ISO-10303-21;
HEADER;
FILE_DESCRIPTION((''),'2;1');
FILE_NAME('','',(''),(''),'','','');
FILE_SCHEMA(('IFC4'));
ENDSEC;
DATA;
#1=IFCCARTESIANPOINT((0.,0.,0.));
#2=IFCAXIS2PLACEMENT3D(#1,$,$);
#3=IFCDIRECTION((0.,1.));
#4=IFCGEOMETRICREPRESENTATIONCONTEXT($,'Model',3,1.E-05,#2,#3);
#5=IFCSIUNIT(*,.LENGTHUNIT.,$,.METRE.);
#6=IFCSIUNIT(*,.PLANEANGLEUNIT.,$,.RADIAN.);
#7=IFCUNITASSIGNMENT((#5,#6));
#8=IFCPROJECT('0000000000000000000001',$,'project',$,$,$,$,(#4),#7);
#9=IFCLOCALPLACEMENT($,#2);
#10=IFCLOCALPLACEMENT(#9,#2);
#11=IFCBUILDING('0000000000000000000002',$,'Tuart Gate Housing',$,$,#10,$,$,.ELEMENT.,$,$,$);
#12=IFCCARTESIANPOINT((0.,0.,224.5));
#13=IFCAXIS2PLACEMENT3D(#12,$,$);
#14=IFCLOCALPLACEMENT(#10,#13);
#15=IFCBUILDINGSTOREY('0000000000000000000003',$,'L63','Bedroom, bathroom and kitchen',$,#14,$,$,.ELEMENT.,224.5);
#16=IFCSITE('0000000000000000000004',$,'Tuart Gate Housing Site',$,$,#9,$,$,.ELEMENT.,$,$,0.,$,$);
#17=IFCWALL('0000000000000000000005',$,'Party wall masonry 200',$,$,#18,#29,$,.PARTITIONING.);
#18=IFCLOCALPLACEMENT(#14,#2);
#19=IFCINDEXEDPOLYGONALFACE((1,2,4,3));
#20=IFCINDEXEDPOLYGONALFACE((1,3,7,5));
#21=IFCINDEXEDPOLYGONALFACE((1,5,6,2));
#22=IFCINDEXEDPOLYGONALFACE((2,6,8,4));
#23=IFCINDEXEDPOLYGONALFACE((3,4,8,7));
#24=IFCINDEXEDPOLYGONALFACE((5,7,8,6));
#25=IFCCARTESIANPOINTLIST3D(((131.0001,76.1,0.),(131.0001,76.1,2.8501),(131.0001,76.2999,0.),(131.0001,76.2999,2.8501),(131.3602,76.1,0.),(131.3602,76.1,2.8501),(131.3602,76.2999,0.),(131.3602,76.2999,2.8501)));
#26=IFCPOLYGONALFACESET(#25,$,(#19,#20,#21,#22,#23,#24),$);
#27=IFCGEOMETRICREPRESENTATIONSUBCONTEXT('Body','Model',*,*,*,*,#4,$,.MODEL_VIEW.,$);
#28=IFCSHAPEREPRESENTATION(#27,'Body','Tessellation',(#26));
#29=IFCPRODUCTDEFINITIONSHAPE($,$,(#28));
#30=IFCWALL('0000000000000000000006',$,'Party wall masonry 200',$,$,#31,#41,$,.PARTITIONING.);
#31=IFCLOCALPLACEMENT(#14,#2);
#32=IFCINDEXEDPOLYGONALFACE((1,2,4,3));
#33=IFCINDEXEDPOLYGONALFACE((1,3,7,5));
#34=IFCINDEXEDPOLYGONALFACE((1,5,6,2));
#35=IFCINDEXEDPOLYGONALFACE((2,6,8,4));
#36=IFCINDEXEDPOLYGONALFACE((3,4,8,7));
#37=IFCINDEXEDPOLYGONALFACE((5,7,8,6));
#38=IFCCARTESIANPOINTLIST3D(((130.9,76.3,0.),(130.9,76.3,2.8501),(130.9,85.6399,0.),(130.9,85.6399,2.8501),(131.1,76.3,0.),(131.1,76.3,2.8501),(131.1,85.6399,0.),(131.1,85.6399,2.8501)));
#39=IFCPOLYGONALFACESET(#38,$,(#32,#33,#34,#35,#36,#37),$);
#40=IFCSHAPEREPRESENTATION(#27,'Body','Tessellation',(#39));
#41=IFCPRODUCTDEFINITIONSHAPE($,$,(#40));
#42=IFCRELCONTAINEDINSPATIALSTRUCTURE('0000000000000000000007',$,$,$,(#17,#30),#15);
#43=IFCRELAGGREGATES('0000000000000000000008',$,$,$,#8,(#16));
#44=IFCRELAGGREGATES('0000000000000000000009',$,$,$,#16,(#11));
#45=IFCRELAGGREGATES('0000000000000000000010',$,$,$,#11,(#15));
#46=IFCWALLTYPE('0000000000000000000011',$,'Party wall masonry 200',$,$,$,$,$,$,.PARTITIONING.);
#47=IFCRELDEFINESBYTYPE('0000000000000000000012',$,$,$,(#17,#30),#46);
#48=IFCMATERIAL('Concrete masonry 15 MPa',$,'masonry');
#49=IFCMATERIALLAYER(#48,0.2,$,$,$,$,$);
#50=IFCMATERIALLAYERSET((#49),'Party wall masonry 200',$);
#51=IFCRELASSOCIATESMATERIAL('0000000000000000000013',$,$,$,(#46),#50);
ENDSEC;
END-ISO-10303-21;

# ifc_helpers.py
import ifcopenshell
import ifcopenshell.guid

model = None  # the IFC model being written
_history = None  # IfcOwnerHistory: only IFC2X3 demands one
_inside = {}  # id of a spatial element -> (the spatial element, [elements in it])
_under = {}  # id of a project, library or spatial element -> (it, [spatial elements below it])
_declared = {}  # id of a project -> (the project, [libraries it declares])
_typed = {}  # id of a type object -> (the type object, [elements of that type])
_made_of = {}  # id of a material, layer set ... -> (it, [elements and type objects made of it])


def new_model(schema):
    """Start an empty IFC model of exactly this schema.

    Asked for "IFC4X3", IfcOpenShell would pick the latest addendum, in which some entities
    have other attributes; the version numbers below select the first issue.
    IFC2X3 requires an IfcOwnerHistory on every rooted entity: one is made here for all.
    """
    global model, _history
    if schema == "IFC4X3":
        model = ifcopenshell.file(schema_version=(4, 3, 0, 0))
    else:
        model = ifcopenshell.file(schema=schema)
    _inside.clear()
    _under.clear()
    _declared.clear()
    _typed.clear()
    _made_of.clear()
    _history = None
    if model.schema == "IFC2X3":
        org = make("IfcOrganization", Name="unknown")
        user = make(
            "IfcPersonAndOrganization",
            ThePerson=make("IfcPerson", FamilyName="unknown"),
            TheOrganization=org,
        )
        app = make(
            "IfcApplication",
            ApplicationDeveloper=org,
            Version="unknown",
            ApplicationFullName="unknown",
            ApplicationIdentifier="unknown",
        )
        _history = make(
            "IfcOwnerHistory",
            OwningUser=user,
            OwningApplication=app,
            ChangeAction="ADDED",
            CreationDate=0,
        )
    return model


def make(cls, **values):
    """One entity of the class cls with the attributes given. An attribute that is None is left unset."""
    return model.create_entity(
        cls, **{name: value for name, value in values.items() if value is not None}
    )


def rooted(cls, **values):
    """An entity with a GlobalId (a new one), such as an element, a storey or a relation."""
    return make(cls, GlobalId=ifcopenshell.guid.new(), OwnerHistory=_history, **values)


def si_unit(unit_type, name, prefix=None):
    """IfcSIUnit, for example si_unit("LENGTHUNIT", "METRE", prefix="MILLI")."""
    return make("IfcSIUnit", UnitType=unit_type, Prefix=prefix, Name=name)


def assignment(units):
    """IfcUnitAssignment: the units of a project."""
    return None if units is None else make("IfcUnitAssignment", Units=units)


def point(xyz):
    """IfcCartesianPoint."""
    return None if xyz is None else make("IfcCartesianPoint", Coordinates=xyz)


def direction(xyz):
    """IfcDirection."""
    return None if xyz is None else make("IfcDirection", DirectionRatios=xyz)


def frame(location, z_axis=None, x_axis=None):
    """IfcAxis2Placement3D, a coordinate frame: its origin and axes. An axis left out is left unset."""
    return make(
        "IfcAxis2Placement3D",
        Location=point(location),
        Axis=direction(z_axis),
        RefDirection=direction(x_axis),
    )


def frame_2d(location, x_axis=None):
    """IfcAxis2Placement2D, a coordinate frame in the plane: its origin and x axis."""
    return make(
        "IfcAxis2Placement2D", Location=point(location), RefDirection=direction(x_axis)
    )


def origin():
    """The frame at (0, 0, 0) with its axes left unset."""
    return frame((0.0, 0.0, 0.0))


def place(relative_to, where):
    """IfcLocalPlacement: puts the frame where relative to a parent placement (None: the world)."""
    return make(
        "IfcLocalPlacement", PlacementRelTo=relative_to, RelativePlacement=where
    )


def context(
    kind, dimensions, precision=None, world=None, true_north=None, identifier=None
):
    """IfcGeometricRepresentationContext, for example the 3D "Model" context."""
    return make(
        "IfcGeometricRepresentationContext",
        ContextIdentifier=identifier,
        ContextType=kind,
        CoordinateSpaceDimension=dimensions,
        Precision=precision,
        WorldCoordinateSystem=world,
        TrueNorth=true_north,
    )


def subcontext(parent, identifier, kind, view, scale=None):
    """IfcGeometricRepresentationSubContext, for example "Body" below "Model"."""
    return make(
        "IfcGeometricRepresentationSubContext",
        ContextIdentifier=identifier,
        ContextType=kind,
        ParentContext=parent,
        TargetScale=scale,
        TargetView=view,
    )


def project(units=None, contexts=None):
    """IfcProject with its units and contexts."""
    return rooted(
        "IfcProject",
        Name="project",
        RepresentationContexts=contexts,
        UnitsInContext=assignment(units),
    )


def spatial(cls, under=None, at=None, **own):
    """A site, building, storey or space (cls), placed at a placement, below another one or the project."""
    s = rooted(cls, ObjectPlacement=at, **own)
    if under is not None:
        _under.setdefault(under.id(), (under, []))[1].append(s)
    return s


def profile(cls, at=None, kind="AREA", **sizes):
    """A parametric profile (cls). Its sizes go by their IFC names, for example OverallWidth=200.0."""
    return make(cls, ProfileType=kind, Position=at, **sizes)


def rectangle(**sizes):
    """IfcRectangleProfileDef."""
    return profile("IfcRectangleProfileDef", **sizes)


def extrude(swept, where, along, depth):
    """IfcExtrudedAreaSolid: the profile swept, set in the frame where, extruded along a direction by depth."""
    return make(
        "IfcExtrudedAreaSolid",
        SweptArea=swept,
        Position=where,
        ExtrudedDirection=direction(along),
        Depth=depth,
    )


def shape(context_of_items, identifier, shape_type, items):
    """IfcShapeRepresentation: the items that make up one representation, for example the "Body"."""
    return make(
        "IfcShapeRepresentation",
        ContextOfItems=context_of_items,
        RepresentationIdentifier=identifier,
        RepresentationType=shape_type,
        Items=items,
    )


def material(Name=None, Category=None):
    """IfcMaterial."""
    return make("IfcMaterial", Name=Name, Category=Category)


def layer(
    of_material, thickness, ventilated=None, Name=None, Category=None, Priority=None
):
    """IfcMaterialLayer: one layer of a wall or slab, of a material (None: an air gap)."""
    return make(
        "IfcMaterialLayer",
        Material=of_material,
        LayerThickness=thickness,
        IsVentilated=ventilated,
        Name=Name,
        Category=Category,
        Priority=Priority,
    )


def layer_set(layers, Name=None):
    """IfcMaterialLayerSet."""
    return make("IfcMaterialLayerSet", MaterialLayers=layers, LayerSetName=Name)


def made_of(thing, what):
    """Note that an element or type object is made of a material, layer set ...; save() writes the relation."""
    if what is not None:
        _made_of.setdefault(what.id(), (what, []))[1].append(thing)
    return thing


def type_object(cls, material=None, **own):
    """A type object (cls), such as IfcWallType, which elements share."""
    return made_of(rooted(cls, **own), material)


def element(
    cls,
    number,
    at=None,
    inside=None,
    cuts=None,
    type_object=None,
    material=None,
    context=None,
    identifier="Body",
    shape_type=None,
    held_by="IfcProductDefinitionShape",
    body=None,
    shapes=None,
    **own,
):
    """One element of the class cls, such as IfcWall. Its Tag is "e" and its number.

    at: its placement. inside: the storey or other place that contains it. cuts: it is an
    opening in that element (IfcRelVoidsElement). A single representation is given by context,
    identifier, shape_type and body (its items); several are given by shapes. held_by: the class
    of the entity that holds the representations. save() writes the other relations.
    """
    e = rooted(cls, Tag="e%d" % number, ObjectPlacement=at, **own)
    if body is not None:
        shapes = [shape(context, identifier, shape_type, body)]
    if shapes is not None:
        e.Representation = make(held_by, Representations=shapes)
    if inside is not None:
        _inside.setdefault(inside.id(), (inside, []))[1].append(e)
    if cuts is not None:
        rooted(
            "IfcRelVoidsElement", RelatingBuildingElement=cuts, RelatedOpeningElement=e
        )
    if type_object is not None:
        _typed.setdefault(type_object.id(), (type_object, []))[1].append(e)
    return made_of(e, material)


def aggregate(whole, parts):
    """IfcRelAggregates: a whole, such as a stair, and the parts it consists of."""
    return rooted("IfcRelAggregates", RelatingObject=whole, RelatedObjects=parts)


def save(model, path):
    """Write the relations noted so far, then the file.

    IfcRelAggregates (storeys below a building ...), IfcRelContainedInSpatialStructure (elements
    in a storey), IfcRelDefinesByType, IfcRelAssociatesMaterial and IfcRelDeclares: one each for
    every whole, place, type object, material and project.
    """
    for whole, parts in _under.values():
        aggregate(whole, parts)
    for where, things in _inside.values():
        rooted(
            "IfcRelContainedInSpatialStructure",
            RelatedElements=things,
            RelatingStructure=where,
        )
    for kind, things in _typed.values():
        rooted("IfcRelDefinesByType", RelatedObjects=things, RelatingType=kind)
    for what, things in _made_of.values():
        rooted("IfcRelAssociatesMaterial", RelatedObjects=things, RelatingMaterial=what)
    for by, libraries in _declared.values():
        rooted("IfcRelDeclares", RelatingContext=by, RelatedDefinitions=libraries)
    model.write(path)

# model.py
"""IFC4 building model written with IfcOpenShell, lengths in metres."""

from ifc_helpers import new_model, si_unit, direction, frame, frame_2d, origin, place, context, subcontext, project, spatial, rectangle, extrude, material, layer, layer_set, type_object, element, save


model = new_model("IFC4")

# Units and contexts
model_context = context("Model", 3, precision=1e-05, world=origin(), true_north=direction((0.0, 1.0)))
body_context = subcontext(model_context, "Body", "Model", "MODEL_VIEW")
ifc_project = project(units=[si_unit("LENGTHUNIT", "METRE"), si_unit("PLANEANGLEUNIT", "RADIAN")], contexts=[model_context])

# Site, building, storey
site_placement = place(None, origin())
site = spatial("IfcSite", under=ifc_project, at=site_placement, Name="Tuart Gate Housing Site", CompositionType="ELEMENT", RefElevation=0.0)
building_placement = place(site_placement, origin())
building = spatial("IfcBuilding", under=site, at=building_placement, Name="Tuart Gate Housing", CompositionType="ELEMENT")
storey_placement = place(building_placement, frame((0.0, 0.0, 224.5)))
storey = spatial("IfcBuildingStorey", under=building, at=storey_placement, Name="L63", Description="Bedroom, bathroom and kitchen", CompositionType="ELEMENT", Elevation=224.5)

# Walls
ifc_material = material(Name="Concrete masonry 15 MPa", Category="masonry")
ifc_layer = layer(ifc_material, 0.2)
ifc_layer_set = layer_set([ifc_layer], Name="Party wall masonry 200")
wall_type = type_object("IfcWallType", Name="Party wall masonry 200", PredefinedType="PARTITIONING", material=ifc_layer_set)
wall_1_placement = place(storey_placement, frame((131.0, 76.2, 0.0), z_axis=(0.0, 0.0, 1.0), x_axis=(1.0, 0.0, 0.0)))
element("IfcWall", 1, at=wall_1_placement, inside=storey, type_object=wall_type, Name="Party wall masonry 200", PredefinedType="PARTITIONING", context=body_context, shape_type="SweptSolid", body=[
    extrude(rectangle(XDim=0.3601, YDim=0.2, at=frame_2d((0.1802, 0.0))), origin(), (0.0, 0.0, 1.0), 2.8501),
])
wall_2_placement = place(storey_placement, frame((131.0, 76.3, 0.0), z_axis=(0.0, 0.0, 1.0), x_axis=(0.0, 1.0, 0.0)))
element("IfcWall", 2, at=wall_2_placement, inside=storey, type_object=wall_type, Name="Party wall masonry 200", PredefinedType="PARTITIONING", context=body_context, shape_type="SweptSolid", body=[
    extrude(rectangle(XDim=9.3398, YDim=0.2, at=frame_2d((4.6699, 0.0))), origin(), (0.0, 0.0, 1.0), 2.8501),
])

save(model, "model.ifc")
